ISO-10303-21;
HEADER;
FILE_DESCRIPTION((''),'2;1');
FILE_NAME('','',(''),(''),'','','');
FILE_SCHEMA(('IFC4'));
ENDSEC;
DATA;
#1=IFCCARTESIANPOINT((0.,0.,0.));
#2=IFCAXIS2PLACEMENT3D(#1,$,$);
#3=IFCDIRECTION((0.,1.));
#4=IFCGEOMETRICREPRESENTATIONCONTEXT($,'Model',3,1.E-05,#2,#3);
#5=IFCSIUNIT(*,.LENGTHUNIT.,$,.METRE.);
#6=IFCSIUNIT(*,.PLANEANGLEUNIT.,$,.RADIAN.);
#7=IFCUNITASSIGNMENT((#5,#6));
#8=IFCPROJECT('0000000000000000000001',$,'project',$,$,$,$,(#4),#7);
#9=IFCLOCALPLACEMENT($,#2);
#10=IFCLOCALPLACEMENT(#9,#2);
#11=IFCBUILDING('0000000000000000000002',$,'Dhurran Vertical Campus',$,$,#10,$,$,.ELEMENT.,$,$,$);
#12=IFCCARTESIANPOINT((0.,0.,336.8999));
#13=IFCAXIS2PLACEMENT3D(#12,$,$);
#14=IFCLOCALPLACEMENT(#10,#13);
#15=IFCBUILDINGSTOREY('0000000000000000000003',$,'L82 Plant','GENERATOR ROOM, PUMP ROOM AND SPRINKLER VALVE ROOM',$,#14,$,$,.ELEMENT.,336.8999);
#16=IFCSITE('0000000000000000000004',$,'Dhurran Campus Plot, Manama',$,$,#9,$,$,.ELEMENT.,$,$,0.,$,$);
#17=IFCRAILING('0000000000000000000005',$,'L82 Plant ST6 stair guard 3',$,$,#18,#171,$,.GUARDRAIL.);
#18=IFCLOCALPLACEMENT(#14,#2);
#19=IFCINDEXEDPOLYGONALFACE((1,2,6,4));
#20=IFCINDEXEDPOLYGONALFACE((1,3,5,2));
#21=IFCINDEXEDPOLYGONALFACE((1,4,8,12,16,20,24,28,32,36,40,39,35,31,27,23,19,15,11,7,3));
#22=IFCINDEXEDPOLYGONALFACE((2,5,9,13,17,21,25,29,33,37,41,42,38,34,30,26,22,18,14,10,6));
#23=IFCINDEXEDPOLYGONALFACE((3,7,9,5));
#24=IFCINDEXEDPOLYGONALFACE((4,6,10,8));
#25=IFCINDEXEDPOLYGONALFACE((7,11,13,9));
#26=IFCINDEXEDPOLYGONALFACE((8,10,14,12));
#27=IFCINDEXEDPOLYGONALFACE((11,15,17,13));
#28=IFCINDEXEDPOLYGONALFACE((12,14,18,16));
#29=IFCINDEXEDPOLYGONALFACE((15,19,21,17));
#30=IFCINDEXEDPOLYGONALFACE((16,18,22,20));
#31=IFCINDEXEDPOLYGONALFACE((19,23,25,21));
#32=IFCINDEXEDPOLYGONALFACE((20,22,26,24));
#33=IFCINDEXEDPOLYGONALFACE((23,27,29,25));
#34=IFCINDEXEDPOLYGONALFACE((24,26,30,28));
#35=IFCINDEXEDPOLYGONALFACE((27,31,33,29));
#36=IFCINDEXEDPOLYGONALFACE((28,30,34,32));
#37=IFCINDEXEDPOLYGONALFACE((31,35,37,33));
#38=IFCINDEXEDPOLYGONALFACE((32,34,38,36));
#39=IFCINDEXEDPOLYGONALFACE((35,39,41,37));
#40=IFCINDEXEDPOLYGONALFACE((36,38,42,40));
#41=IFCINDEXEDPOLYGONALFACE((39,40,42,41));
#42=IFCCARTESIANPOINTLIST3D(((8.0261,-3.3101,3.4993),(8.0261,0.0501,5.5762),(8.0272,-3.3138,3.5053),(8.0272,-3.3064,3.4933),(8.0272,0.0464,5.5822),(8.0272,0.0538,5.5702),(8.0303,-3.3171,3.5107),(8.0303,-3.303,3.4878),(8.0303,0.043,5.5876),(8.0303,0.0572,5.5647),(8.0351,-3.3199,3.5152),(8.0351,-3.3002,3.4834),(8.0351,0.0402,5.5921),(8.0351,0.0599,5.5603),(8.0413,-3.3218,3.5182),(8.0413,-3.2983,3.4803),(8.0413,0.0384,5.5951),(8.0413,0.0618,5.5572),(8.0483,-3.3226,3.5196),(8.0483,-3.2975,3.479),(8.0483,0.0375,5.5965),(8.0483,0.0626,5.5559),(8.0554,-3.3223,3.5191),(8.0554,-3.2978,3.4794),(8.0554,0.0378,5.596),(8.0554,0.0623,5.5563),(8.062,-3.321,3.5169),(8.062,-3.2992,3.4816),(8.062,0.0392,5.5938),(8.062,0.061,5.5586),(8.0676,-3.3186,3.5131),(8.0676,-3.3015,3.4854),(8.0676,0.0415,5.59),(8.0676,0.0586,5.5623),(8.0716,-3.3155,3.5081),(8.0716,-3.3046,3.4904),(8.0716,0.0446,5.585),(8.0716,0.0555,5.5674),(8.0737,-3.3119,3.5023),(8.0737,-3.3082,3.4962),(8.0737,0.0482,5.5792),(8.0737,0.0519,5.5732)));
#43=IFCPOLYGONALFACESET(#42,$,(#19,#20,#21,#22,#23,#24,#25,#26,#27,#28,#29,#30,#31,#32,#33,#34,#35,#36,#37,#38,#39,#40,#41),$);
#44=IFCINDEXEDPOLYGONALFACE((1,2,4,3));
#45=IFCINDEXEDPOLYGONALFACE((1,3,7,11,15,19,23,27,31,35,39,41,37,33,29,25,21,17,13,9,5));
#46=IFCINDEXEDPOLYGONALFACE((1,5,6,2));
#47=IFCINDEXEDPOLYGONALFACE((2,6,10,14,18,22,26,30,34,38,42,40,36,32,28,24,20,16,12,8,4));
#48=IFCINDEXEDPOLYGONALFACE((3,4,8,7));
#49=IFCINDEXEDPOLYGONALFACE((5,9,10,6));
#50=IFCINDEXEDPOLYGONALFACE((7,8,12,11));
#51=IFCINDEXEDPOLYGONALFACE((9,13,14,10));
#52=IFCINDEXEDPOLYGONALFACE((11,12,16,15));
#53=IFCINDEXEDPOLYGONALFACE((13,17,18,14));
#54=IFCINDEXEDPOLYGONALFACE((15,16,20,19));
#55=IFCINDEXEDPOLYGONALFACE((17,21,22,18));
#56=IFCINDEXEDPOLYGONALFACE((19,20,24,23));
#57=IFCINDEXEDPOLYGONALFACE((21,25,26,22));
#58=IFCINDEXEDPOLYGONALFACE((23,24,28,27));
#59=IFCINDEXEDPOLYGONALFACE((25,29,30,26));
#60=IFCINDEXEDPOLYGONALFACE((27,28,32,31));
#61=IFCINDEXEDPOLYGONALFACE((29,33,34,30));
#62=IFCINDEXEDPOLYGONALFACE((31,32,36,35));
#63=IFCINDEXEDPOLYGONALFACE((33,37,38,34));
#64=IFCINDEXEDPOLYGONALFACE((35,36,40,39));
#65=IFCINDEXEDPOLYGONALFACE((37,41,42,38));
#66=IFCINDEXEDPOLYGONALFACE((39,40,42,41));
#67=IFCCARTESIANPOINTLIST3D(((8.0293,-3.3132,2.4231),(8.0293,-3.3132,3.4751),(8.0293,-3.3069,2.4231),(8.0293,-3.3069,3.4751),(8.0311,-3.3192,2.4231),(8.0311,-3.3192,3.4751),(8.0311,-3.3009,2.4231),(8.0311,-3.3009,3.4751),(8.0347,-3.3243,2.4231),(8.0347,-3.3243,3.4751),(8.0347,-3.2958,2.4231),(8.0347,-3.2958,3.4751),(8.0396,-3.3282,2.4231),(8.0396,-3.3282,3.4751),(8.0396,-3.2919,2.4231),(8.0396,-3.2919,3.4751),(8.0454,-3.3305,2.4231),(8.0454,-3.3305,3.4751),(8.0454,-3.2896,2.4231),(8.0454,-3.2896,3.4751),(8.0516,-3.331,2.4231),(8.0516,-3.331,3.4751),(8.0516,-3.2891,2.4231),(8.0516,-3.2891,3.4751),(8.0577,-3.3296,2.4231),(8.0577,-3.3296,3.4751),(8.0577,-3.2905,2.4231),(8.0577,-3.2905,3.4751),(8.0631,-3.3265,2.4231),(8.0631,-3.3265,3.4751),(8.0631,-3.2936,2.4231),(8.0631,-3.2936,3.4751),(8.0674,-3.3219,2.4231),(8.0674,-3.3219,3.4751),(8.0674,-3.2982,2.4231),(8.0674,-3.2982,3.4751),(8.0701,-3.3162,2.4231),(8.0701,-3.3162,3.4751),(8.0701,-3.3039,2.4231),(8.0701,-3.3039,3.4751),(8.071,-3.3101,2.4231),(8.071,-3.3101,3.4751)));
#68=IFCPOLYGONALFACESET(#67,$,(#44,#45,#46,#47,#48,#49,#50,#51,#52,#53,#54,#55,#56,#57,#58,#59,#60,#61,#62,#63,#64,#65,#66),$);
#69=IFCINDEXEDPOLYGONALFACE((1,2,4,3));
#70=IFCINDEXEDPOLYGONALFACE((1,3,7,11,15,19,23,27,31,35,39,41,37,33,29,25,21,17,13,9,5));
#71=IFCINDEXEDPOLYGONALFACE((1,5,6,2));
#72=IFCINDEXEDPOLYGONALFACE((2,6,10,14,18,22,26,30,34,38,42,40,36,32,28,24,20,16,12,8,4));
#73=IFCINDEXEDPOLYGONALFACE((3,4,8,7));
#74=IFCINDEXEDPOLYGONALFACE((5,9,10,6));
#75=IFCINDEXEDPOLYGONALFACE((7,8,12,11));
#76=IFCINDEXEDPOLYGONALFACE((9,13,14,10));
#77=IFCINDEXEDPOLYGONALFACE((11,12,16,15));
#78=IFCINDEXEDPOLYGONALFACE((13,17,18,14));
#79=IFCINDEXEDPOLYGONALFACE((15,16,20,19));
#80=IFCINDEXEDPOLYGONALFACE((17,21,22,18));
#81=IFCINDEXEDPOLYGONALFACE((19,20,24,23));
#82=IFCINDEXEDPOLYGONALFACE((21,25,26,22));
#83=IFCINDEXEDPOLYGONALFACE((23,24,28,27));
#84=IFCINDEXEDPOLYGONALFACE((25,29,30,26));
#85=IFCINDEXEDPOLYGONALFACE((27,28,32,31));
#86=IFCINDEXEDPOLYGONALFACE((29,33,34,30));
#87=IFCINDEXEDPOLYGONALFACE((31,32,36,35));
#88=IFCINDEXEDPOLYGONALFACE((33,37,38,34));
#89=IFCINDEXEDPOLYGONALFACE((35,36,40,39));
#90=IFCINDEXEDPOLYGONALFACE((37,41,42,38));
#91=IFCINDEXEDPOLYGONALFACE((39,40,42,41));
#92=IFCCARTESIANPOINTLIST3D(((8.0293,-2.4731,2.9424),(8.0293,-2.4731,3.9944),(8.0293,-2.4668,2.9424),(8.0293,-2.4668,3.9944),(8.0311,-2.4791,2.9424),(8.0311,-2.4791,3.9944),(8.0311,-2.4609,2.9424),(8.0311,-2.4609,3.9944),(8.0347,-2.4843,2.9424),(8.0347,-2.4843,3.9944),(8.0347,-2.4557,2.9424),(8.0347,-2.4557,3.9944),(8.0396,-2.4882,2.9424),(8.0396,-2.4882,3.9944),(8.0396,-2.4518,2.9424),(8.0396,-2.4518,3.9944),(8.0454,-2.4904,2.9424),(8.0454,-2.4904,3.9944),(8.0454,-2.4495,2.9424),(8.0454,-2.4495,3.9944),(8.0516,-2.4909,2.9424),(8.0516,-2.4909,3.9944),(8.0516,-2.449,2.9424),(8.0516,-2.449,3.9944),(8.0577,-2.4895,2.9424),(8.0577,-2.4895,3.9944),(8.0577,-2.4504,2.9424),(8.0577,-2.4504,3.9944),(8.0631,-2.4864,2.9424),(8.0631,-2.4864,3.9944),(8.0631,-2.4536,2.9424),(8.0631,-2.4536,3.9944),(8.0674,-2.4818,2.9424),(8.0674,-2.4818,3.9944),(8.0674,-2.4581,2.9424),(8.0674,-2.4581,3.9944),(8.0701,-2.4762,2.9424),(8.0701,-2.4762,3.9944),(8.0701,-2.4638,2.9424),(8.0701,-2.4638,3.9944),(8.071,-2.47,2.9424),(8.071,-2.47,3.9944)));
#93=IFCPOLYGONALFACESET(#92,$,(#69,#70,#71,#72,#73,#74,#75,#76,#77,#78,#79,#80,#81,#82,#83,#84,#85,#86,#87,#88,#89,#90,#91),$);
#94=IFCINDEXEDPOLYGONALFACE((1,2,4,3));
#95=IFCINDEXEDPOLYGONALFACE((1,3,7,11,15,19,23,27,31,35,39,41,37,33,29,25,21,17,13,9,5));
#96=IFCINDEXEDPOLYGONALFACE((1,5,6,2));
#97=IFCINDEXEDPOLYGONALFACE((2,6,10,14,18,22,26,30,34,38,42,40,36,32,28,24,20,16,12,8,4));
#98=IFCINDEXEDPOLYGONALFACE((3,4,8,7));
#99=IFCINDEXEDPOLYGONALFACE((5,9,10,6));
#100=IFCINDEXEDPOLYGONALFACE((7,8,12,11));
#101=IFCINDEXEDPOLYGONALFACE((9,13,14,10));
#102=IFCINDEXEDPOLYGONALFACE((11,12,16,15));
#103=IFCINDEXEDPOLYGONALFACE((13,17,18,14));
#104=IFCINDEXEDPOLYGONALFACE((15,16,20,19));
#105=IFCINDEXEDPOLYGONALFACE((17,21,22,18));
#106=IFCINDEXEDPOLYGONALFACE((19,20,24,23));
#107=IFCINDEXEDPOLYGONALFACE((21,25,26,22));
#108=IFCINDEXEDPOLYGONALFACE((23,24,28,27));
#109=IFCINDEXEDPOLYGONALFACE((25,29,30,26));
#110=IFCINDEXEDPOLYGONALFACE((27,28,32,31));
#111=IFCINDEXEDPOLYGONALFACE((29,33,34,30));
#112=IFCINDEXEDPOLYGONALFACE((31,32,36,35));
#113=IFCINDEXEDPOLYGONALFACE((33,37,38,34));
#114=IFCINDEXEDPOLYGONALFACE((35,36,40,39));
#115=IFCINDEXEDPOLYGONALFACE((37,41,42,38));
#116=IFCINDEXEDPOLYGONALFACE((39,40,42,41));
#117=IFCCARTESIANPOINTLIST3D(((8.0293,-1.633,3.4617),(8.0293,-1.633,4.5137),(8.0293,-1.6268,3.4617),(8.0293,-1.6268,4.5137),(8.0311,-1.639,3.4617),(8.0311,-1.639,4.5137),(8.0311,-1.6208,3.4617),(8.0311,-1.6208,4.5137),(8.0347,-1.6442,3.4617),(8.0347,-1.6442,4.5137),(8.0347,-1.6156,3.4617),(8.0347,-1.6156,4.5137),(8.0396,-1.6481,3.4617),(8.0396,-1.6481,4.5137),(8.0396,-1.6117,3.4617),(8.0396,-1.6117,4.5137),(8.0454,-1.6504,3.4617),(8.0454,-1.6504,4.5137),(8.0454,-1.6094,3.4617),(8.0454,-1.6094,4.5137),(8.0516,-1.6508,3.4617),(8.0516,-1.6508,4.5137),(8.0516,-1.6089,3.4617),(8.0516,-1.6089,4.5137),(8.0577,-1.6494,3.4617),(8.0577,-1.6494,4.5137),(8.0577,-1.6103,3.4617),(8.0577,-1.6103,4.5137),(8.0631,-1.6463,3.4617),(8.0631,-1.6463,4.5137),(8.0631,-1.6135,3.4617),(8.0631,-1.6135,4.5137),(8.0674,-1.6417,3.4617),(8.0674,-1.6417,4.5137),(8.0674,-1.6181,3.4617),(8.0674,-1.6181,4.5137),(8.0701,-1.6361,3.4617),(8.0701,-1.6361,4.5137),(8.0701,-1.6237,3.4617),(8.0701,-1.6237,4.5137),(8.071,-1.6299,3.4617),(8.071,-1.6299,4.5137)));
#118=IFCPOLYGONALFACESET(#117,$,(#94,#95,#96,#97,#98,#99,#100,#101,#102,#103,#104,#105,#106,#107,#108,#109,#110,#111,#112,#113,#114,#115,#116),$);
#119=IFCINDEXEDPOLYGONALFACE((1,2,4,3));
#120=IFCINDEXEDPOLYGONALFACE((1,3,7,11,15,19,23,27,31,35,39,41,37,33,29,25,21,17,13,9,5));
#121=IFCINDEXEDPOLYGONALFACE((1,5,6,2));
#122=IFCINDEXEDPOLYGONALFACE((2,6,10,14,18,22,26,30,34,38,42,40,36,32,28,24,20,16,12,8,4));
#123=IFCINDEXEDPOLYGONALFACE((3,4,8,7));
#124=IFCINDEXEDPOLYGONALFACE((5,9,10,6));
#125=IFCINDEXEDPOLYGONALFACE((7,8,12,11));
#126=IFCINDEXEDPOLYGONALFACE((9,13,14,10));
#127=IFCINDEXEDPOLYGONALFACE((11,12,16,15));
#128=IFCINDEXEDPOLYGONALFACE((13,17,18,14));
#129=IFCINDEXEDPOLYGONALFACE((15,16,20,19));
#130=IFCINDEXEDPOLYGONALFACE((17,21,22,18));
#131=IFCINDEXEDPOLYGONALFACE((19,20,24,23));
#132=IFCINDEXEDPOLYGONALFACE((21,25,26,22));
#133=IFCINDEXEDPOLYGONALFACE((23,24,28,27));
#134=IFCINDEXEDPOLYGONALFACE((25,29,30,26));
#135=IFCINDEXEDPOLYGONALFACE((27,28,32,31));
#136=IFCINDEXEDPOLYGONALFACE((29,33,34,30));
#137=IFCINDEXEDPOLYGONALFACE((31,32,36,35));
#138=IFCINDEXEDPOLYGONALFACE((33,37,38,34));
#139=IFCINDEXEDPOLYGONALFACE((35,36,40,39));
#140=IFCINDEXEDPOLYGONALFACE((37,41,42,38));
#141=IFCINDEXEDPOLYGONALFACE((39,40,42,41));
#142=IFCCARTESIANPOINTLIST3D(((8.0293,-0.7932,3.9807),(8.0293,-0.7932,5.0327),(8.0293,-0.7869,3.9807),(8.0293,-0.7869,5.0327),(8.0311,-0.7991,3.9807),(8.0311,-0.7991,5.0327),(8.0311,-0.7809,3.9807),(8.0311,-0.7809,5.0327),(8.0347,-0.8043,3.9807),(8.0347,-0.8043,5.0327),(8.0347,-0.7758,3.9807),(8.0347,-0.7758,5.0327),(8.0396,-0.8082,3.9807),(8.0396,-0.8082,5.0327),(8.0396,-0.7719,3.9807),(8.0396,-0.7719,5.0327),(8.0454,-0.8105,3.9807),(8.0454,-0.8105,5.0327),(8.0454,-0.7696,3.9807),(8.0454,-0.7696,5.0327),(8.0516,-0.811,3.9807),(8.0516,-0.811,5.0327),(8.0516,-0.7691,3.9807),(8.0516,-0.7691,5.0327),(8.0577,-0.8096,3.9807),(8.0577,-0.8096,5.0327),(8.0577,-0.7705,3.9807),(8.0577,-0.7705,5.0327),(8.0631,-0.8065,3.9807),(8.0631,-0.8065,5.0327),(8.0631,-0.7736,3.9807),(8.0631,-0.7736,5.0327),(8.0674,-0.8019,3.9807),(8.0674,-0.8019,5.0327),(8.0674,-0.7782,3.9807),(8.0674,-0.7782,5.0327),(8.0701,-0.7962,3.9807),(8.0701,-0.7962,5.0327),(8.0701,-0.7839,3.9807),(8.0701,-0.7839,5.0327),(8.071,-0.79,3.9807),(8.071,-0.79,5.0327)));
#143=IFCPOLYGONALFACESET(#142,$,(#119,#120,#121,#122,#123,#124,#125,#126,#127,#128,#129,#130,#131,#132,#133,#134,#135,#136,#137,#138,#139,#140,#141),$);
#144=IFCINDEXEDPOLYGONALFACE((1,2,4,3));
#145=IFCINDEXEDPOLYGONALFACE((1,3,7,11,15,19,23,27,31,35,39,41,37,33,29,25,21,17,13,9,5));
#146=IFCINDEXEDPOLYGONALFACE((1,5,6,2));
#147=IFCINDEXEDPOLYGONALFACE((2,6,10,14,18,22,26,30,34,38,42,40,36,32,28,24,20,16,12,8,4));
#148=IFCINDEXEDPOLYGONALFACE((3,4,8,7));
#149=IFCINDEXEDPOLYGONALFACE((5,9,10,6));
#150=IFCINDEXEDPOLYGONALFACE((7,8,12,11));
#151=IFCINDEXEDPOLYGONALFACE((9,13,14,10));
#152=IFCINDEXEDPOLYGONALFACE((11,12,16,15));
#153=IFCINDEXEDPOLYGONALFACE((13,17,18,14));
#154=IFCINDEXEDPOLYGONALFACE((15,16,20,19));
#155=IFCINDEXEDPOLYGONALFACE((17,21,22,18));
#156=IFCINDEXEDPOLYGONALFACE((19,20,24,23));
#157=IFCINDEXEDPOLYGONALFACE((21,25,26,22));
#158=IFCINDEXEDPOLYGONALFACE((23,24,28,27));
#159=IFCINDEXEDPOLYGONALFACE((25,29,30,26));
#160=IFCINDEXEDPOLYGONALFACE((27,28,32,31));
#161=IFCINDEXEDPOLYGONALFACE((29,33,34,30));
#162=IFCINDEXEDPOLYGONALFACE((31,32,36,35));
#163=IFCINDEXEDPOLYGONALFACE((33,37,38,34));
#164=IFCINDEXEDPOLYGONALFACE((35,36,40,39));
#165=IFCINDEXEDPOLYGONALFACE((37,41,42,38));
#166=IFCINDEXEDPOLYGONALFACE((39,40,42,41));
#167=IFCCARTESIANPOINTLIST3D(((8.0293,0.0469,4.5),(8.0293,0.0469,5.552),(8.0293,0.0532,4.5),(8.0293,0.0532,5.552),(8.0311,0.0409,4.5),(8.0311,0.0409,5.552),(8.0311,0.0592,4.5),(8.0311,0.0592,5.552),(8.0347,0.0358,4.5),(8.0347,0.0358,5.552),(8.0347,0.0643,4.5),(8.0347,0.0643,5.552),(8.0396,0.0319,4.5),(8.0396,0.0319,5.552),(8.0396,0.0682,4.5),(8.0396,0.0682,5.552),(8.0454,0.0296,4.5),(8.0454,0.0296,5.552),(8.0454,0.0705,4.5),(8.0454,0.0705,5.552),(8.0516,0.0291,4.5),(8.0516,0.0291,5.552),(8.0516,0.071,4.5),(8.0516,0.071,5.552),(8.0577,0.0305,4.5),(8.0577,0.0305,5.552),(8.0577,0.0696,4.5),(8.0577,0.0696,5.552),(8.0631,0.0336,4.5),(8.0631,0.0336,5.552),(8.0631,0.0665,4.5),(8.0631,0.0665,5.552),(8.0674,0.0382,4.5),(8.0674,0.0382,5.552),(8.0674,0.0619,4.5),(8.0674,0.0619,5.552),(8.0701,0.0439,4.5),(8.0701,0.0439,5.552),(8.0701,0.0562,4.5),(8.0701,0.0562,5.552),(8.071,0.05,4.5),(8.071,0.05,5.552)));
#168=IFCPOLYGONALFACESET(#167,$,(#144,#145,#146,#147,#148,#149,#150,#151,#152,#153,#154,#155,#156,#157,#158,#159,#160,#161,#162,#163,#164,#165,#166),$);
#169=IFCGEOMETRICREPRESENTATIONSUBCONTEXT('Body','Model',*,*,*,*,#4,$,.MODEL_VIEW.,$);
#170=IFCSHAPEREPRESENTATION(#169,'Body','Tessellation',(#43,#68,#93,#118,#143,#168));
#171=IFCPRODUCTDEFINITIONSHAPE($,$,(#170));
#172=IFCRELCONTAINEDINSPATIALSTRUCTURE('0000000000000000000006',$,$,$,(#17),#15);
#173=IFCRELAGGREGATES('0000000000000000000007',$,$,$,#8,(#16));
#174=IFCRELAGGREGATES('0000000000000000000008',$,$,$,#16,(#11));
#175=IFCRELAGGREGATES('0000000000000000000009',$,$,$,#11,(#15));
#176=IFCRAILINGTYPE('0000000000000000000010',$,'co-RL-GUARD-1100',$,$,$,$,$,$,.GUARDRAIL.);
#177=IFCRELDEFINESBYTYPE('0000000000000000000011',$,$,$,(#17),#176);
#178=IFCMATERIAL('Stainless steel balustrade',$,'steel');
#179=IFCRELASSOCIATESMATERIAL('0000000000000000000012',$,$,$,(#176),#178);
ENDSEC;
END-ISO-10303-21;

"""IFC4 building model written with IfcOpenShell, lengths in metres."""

from ifc_helpers import new_model, si_unit, direction, frame, origin, origin_2d, place, context, subcontext, project, spatial, circle, extrude, material, type_object, element, save


model = new_model("IFC4")

# Units and contexts
model_context = context("Model", 3, precision=1e-05, world=origin(), true_north=direction((0.0, 1.0)))
body_context = subcontext(model_context, "Body", "Model", "MODEL_VIEW")
ifc_project = project(units=[si_unit("LENGTHUNIT", "METRE"), si_unit("PLANEANGLEUNIT", "RADIAN")], contexts=[model_context])

# Site, building, storey
site_placement = place(None, origin())
site = spatial("IfcSite", under=ifc_project, at=site_placement, Name="Dhurran Campus Plot, Manama", CompositionType="ELEMENT", RefElevation=0.0)
building_placement = place(site_placement, origin())
building = spatial("IfcBuilding", under=site, at=building_placement, Name="Dhurran Vertical Campus", CompositionType="ELEMENT")
storey_placement = place(building_placement, frame((0.0, 0.0, 336.8999)))
storey = spatial("IfcBuildingStorey", under=building, at=storey_placement, Name="L82 Plant", Description="GENERATOR ROOM, PUMP ROOM AND SPRINKLER VALVE ROOM", CompositionType="ELEMENT", Elevation=336.8999)

# Railing
ifc_material_1 = material(Name="Stainless steel balustrade", Category="steel")
railing_type_1 = type_object("IfcRailingType", Name="co-RL-GUARD-1100", PredefinedType="GUARDRAIL", material=ifc_material_1)
railing_1_placement = place(storey_placement, frame((8.05, -3.3101, 2.4231)))
element("IfcRailing", 1, at=railing_1_placement, inside=storey, type_object=railing_type_1, Name="L82 Plant ST6 stair guard 3", PredefinedType="GUARDRAIL", context=body_context, shape_type="SweptSolid", body=[
    extrude(circle(Radius=0.0239, at=origin_2d()), frame((0.0, 0.0, 1.0762), z_axis=(0.0, 0.850623, 0.525776), x_axis=(-1.0, 0.0, 0.0)), (0.0, 0.0, 1.0), 3.9502),
    extrude(circle(Radius=0.021, at=origin_2d()), origin(), (0.0, 0.0, 1.0), 1.052),
    extrude(circle(Radius=0.021, at=origin_2d()), frame((0.0, 0.8401, 0.5193)), (0.0, 0.0, 1.0), 1.052),
    extrude(circle(Radius=0.021, at=origin_2d()), frame((0.0, 1.6802, 1.0386)), (0.0, 0.0, 1.0), 1.052),
    extrude(circle(Radius=0.021, at=origin_2d()), frame((0.0, 2.52, 1.5576)), (0.0, 0.0, 1.0), 1.052),
    extrude(circle(Radius=0.021, at=origin_2d()), frame((0.0, 3.3601, 2.0769)), (0.0, 0.0, 1.0), 1.052),
])

save(model, "model.ifc")
